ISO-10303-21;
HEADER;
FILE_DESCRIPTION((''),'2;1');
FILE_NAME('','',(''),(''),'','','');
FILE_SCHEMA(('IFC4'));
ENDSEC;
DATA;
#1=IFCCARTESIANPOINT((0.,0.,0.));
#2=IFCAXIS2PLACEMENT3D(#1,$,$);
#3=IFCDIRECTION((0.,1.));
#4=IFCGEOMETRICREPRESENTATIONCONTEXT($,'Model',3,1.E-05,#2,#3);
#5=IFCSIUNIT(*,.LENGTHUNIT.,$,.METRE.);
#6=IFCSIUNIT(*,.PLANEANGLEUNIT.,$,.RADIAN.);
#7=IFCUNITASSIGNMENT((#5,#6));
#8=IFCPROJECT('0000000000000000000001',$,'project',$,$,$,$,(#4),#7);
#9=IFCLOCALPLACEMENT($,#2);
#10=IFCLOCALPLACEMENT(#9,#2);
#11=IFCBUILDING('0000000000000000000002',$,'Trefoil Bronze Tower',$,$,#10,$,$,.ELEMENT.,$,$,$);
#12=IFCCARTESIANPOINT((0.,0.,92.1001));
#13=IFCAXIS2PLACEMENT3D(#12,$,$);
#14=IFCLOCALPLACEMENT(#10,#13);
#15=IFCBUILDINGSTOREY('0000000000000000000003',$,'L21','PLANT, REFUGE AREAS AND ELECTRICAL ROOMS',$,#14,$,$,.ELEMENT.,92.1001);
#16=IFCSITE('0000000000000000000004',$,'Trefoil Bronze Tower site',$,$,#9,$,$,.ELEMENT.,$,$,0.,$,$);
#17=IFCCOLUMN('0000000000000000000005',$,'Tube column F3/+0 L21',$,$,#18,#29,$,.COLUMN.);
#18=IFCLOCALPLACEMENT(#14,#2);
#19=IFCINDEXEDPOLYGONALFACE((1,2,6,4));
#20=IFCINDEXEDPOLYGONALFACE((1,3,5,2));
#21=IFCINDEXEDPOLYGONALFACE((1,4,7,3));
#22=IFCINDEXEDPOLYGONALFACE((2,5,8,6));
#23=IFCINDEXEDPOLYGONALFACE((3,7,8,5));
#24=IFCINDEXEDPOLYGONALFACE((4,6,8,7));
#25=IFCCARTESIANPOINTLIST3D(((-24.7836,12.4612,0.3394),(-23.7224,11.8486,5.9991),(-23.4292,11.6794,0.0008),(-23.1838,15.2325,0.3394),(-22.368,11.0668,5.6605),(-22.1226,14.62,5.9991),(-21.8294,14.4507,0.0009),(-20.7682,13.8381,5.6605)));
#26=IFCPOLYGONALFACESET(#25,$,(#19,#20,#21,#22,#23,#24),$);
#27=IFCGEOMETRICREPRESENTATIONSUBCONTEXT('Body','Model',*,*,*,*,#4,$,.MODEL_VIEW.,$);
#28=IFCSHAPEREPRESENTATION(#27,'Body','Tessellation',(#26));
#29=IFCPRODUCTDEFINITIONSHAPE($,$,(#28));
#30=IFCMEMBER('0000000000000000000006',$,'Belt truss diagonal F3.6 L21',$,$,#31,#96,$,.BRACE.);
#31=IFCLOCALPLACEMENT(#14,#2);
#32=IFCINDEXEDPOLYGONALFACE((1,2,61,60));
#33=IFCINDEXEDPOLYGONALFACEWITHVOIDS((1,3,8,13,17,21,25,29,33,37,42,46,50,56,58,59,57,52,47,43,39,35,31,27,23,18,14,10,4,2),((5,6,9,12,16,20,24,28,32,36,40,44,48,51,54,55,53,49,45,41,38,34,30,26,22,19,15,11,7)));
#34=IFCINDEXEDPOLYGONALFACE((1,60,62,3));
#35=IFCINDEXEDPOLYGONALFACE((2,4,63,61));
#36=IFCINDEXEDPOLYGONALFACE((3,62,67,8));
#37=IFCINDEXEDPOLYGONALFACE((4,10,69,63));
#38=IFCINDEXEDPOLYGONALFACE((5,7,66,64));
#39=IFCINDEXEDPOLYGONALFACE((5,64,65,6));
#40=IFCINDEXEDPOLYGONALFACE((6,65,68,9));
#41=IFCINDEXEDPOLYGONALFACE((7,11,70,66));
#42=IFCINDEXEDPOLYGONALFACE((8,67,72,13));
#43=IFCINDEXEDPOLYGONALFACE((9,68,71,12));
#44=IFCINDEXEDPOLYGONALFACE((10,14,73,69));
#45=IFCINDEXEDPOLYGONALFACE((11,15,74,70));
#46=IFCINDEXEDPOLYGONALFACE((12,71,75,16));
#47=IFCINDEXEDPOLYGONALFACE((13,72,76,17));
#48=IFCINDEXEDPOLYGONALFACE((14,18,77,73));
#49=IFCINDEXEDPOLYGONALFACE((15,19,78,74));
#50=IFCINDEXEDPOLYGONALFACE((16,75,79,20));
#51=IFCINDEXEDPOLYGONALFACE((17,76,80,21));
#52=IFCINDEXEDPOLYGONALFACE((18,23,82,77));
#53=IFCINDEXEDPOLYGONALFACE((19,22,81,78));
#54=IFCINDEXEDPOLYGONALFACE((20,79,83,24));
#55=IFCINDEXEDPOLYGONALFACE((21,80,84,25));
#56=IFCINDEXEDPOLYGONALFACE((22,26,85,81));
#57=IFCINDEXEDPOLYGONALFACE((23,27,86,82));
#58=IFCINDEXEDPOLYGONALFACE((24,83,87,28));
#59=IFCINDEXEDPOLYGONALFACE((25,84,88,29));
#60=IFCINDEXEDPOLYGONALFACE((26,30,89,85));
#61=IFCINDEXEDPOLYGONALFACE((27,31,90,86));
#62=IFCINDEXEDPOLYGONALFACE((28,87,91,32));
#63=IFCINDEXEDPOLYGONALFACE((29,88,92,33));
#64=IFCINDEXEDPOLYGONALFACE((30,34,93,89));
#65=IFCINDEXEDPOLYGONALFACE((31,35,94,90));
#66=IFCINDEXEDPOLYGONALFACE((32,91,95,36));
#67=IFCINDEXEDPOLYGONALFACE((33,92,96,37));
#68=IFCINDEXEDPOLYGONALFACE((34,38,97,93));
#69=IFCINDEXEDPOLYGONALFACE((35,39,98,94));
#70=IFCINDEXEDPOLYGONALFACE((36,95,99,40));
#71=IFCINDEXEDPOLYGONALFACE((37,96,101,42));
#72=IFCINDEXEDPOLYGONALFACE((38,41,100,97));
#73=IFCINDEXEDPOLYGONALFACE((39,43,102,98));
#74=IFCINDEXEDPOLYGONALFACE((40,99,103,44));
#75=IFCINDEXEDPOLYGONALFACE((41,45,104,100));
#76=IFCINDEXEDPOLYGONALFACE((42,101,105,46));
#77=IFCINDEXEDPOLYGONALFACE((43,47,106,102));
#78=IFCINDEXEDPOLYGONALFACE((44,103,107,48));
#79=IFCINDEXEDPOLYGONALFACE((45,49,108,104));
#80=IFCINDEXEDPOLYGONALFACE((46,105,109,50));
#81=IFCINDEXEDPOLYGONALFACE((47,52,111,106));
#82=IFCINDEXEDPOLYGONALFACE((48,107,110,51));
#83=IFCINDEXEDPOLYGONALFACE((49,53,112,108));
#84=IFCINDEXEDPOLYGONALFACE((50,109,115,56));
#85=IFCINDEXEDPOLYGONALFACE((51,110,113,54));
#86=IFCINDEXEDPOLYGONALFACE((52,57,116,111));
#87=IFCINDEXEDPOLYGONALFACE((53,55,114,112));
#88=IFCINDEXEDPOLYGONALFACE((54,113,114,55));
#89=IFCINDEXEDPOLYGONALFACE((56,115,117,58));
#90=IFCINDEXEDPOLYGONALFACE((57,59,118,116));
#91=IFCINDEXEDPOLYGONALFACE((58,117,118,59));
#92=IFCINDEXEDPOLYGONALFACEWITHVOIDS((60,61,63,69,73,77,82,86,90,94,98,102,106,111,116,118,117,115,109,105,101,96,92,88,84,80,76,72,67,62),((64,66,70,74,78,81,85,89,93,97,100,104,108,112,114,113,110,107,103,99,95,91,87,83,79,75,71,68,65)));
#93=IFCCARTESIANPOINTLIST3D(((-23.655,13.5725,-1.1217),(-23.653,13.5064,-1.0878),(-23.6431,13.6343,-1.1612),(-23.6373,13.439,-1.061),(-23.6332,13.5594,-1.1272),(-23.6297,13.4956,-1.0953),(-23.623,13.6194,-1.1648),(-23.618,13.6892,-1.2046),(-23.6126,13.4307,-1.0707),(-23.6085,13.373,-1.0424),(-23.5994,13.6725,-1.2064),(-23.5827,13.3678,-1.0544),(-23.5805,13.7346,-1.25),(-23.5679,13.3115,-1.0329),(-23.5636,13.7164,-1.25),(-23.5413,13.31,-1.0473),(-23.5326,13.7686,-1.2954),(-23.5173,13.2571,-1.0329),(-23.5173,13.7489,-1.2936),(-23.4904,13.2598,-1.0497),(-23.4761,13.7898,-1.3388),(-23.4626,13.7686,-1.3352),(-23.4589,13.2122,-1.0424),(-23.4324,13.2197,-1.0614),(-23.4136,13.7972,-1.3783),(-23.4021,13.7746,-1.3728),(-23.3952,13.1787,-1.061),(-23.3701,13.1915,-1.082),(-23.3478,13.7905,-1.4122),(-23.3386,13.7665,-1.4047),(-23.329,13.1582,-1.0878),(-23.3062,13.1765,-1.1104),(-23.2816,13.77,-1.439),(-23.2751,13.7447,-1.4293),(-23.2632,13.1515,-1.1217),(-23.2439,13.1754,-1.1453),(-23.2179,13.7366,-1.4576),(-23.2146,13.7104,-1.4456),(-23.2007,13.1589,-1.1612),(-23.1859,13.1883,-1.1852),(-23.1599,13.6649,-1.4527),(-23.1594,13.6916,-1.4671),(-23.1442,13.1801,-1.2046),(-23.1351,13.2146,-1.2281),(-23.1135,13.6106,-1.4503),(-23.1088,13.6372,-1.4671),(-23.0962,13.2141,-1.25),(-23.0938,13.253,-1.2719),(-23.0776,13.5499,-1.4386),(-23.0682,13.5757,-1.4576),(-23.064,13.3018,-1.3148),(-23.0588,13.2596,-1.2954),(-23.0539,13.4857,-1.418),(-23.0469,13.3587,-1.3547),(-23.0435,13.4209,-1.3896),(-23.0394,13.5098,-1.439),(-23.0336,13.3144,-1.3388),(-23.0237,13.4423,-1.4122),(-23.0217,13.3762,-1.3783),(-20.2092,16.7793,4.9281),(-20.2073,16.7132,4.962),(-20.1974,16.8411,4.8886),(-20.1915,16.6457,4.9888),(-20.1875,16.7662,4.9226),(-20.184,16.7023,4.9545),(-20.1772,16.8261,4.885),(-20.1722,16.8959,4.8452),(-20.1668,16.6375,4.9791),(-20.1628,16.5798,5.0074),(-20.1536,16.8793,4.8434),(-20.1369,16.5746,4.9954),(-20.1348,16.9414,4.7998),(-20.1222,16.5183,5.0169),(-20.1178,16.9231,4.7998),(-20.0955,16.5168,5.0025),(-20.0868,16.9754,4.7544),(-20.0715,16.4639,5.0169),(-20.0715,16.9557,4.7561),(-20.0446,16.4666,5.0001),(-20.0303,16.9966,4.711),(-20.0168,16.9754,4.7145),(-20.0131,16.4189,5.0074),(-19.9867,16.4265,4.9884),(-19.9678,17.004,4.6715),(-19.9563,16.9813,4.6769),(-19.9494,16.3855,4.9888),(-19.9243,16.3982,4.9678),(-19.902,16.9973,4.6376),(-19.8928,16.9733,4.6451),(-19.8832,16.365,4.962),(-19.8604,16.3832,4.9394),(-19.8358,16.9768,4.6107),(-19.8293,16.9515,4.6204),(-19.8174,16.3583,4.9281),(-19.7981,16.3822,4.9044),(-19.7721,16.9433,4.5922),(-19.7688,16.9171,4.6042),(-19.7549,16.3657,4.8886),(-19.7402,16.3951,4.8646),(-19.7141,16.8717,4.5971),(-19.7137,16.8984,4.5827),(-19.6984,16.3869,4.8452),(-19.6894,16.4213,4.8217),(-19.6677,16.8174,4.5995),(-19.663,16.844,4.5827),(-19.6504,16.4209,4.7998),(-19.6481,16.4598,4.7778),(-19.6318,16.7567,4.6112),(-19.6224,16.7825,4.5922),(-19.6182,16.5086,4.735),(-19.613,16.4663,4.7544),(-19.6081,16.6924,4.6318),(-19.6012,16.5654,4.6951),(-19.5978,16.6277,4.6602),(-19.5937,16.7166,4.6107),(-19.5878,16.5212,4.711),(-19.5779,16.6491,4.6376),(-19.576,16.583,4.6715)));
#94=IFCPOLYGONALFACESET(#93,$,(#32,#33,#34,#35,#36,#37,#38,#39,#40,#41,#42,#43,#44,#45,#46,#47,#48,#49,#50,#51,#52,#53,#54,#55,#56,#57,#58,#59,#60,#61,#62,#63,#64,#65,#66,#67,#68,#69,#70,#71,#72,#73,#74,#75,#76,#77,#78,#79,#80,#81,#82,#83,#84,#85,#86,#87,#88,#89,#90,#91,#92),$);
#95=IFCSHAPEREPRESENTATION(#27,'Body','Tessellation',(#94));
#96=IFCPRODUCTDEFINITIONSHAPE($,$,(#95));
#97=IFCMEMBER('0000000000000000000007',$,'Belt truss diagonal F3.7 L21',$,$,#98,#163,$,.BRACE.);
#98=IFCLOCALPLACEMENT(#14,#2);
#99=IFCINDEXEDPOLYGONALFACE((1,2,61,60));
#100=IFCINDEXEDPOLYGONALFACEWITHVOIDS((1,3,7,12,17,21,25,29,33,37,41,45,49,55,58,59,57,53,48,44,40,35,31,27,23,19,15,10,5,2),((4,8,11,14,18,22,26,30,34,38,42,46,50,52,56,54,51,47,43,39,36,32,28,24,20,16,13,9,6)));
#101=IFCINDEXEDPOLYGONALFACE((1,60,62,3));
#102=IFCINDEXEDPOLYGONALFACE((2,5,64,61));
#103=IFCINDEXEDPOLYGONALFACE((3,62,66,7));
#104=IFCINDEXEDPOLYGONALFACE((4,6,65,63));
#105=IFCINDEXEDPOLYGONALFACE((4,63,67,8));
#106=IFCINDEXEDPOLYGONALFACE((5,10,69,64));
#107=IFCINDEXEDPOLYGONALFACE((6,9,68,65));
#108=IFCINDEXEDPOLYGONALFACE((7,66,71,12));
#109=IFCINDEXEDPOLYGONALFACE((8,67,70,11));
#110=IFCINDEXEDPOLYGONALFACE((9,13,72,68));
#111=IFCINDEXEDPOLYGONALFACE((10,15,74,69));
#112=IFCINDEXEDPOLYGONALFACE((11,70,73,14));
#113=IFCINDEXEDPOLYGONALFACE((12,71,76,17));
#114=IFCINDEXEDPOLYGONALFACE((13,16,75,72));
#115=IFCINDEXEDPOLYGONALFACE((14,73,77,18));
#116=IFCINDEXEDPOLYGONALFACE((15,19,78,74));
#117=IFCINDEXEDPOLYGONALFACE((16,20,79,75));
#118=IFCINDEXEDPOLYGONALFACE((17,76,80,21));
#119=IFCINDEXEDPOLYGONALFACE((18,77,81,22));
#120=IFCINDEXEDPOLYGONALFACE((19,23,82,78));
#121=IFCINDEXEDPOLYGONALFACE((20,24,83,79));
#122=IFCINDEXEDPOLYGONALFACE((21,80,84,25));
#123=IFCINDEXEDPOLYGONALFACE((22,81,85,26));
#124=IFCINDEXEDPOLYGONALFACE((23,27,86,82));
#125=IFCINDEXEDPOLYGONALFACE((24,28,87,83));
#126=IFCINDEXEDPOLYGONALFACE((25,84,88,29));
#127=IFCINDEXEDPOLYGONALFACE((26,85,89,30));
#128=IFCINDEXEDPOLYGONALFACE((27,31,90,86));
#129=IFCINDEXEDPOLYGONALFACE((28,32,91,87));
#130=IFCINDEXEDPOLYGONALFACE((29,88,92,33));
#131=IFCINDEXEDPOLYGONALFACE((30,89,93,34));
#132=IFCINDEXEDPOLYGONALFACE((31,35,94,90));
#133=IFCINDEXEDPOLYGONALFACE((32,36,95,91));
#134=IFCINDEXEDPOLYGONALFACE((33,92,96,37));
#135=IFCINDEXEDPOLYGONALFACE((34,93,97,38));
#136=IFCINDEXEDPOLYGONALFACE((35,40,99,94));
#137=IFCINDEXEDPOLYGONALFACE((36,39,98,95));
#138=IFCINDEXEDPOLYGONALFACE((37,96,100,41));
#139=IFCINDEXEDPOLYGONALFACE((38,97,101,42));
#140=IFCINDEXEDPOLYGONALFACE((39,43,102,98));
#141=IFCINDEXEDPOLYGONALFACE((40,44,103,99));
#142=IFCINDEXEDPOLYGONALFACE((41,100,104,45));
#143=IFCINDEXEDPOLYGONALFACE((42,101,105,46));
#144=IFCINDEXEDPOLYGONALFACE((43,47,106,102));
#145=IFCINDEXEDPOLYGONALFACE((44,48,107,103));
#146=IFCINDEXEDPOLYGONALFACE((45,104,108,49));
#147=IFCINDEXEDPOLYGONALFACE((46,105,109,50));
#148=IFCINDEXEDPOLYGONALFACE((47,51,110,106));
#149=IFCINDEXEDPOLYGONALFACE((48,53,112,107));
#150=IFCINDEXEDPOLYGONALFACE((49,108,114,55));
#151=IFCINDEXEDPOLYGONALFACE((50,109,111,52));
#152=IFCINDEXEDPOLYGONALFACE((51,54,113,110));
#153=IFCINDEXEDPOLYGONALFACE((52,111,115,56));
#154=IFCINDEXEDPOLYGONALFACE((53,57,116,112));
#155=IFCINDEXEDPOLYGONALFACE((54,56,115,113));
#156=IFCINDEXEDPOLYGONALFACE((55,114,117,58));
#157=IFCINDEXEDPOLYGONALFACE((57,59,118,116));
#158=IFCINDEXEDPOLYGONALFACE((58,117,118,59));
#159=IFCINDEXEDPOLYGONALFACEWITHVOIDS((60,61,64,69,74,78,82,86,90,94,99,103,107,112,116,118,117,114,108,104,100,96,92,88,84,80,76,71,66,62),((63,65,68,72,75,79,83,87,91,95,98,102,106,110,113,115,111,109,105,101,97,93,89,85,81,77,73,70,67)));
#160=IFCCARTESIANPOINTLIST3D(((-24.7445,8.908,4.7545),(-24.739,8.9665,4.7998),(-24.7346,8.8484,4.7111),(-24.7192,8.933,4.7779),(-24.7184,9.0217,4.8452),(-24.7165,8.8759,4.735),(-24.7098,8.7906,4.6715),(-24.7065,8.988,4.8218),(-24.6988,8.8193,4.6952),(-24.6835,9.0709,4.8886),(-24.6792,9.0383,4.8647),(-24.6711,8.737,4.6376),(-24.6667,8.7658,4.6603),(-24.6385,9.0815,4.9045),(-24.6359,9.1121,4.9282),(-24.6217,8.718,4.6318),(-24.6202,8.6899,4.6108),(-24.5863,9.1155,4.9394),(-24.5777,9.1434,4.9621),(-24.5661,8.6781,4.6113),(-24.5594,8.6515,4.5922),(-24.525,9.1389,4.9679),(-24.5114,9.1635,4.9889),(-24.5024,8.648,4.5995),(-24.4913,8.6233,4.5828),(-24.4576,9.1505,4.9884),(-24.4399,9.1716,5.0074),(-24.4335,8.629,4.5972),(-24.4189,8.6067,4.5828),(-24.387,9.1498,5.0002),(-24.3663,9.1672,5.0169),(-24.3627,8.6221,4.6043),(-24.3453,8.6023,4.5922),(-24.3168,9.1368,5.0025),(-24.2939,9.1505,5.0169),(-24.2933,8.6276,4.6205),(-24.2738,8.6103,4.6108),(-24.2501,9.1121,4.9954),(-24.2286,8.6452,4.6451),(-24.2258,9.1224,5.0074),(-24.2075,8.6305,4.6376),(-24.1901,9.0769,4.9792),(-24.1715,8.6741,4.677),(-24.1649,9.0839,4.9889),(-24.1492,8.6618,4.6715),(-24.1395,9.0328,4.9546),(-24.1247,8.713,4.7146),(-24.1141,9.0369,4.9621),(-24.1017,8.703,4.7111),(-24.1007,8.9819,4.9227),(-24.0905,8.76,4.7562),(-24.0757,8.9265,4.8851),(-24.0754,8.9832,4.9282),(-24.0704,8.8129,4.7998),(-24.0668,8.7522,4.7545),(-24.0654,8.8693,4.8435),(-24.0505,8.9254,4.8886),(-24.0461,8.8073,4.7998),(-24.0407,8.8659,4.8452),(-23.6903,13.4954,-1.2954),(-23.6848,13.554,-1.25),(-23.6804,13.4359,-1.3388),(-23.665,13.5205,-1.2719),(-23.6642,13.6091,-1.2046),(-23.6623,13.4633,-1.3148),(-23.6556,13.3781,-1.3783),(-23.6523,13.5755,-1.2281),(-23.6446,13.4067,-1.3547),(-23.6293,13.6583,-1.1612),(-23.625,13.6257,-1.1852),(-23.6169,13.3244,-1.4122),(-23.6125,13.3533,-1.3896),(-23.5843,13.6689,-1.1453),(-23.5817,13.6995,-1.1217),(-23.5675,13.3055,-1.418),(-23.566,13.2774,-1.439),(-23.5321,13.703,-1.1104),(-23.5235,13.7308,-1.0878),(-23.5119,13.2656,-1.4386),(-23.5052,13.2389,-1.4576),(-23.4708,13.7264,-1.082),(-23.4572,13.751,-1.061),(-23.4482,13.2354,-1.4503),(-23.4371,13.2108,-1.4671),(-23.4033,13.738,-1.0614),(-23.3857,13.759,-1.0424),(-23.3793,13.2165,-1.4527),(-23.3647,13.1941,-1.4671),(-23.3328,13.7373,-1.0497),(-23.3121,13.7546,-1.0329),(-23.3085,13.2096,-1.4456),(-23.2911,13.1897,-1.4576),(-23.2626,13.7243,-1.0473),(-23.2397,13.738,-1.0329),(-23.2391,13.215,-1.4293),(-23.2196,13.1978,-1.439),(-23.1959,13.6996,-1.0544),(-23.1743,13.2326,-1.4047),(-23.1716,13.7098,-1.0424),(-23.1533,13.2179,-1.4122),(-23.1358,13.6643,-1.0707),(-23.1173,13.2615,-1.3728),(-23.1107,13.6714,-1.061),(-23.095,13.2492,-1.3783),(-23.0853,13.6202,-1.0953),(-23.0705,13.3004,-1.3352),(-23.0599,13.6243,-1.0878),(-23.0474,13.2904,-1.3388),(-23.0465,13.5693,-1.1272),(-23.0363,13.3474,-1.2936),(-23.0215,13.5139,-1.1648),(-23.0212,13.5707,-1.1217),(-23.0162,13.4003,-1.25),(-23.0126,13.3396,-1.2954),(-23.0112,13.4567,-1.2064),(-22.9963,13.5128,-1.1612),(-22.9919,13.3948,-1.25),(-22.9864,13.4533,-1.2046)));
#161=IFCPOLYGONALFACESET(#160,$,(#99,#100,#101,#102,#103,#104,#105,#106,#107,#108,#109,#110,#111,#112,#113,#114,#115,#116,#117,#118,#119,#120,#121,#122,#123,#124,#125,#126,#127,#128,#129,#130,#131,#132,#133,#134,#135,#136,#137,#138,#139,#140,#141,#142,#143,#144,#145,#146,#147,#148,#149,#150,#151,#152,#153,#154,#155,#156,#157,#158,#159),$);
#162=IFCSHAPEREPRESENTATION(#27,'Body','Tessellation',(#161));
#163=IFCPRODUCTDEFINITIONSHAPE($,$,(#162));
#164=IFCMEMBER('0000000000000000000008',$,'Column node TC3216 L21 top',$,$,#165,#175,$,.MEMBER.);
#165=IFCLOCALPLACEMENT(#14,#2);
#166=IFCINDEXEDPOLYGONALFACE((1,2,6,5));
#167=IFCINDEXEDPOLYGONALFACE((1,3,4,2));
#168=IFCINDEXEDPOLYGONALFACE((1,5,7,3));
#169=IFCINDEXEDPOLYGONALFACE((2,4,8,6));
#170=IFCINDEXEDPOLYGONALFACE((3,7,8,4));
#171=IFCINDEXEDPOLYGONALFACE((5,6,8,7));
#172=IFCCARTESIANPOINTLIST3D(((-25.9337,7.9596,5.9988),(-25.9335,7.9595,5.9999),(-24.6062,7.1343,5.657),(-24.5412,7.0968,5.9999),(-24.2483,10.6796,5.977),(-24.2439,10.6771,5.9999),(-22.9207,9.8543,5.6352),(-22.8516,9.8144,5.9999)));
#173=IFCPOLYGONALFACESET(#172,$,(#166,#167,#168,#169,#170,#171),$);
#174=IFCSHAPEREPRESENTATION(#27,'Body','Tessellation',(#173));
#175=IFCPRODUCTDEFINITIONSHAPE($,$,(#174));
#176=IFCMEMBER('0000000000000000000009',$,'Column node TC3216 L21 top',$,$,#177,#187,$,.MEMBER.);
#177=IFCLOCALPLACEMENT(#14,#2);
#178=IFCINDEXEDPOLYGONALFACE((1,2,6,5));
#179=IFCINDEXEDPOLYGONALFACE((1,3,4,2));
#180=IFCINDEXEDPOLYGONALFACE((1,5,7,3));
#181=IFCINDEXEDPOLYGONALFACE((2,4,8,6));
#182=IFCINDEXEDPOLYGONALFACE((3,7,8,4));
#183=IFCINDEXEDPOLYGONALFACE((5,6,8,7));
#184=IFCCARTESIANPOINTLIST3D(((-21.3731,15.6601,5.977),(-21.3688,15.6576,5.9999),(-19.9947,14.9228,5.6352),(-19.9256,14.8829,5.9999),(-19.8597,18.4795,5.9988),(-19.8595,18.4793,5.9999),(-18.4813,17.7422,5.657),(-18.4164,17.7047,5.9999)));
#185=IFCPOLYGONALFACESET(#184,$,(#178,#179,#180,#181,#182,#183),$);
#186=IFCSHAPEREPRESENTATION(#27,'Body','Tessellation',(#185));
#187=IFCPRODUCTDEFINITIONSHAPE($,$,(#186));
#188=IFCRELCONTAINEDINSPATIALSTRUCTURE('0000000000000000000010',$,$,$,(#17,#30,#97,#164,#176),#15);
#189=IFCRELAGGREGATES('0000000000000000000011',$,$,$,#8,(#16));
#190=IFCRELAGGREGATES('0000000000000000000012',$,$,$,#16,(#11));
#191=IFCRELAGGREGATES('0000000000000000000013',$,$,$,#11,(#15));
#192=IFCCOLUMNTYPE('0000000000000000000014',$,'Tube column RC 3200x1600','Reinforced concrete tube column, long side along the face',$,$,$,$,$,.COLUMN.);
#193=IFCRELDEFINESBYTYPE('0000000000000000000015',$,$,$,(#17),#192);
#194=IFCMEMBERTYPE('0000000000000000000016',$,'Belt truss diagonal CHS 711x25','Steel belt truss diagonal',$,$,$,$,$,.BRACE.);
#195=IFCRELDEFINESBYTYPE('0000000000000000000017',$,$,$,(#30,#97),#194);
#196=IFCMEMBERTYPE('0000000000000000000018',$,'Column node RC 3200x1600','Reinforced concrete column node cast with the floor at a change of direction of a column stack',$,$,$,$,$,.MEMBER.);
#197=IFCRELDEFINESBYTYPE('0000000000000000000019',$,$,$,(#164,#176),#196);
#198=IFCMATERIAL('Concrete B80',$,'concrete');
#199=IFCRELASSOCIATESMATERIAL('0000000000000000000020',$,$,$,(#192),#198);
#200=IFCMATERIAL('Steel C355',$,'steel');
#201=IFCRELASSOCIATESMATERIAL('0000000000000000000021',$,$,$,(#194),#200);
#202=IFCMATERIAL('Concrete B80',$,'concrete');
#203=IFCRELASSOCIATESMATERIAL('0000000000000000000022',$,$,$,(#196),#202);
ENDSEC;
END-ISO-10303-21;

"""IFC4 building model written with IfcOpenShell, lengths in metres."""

from ifc_helpers import new_model, si_unit, direction, frame, origin, origin_2d, place, context, subcontext, project, spatial, rectangle, hollow_circle, extrude, clip, halfspace, material, material_profile, profile_set, type_object, element, save


model = new_model("IFC4")

# Units and contexts
model_context = context("Model", 3, precision=1e-05, world=origin(), true_north=direction((0.0, 1.0)))
body_context = subcontext(model_context, "Body", "Model", "MODEL_VIEW")
ifc_project = project(units=[si_unit("LENGTHUNIT", "METRE"), si_unit("PLANEANGLEUNIT", "RADIAN")], contexts=[model_context])

# Site, building, storey
site_placement = place(None, origin())
site = spatial("IfcSite", under=ifc_project, at=site_placement, Name="Trefoil Bronze Tower site", CompositionType="ELEMENT", RefElevation=0.0)
building_placement = place(site_placement, origin())
building = spatial("IfcBuilding", under=site, at=building_placement, Name="Trefoil Bronze Tower", CompositionType="ELEMENT")
storey_placement = place(building_placement, frame((0.0, 0.0, 92.1001)))
storey = spatial("IfcBuildingStorey", under=building, at=storey_placement, Name="L21", Description="PLANT, REFUGE AREAS AND ELECTRICAL ROOMS", CompositionType="ELEMENT", Elevation=92.1001)

# Column
ifc_material_1 = material(Name="Concrete B80", Category="concrete")
ifc_material_profile_1 = material_profile(ifc_material_1, rectangle(XDim=3.2, YDim=1.6001, at=origin_2d()), Name="RC 3200x1600")
ifc_profile_set_1 = profile_set([ifc_material_profile_1], Name="Concrete B80")
column_type = type_object("IfcColumnType", Name="Tube column RC 3200x1600", Description="Reinforced concrete tube column, long side along the face", PredefinedType="COLUMN", material=ifc_profile_set_1)
column_1_placement = place(storey_placement, frame((-23.3384, 13.4744, 0.0), z_axis=(0.183254, -0.105785, 0.977357), x_axis=(-0.499939, -0.86606, 0.0)))
element("IfcColumn", 1, at=column_1_placement, inside=storey, type_object=column_type, Name="Tube column F3/+0 L21", PredefinedType="COLUMN", context=body_context, shape_type="Clipping", body=[
    clip(clip(extrude(rectangle(XDim=3.2, YDim=1.6001, at=origin_2d()), origin(), (0.0, 0.0, 1.0), 6.1389), halfspace(frame((0.0, 0.0, 0.1741), z_axis=(0.000015, 0.000008, 1.0), x_axis=(0.0, 1.0, -0.000008)), True)), halfspace(frame((0.0, 0.0002, 5.9648), z_axis=(-0.000015, -0.000008, -1.0), x_axis=(0.0, -1.0, 0.000008)), True)),
])

# Members
ifc_material_2 = material(Name="Steel C355", Category="steel")
ifc_material_profile_2 = material_profile(ifc_material_2, hollow_circle(Radius=0.3555, WallThickness=0.0249, at=origin_2d()), Name="CHS 711x25")
ifc_profile_set_2 = profile_set([ifc_material_profile_2], Name="Steel C355")
member_type_1 = type_object("IfcMemberType", Name="Belt truss diagonal CHS 711x25", Description="Steel belt truss diagonal", PredefinedType="BRACE", material=ifc_profile_set_2)
for number, where, z_axis, x_axis, name in (
    (2, (-23.3384, 13.4744, -1.25), (0.449531, 0.41835, 0.789243), (-0.681262, 0.732039, 0.0), "Belt truss diagonal F3.6 L21"),
    (3, (-23.3384, 13.4744, -1.25), (-0.13753, -0.598469, 0.789253), (0.974597, -0.223965, 0.0), "Belt truss diagonal F3.7 L21"),
):
    element("IfcMember", number, at=place(storey_placement, frame(where, z_axis=z_axis, x_axis=x_axis)), inside=storey, type_object=member_type_1, Name=name, PredefinedType="BRACE", context=body_context, shape_type="SweptSolid", body=[
        extrude(hollow_circle(Radius=0.3555, WallThickness=0.0249, at=origin_2d()), origin(), (0.0, 0.0, 1.0), 7.6653),
    ])
ifc_material_3 = material(Name="Concrete B80", Category="concrete")
ifc_material_profile_3 = material_profile(ifc_material_3, rectangle(XDim=3.2, YDim=1.6001, at=origin_2d()), Name="RC 3200x1600")
ifc_profile_set_3 = profile_set([ifc_material_profile_3], Name="Concrete B80")
member_type_2 = type_object("IfcMemberType", Name="Column node RC 3200x1600", Description="Reinforced concrete column node cast with the floor at a change of direction of a column stack", PredefinedType="MEMBER", material=ifc_profile_set_3)
member_1_placement = place(storey_placement, frame((-24.3579, 8.8669, 6.1829), z_axis=(-0.185082, 0.106878, -0.976894), x_axis=(0.526708, 0.850019, -0.006792)))
element("IfcMember", 4, at=member_1_placement, inside=storey, type_object=member_type_2, Name="Column node TC3216 L21 top", PredefinedType="MEMBER", context=body_context, shape_type="Clipping", body=[
    clip(extrude(rectangle(XDim=3.2, YDim=1.6001, at=origin_2d()), origin(), (0.0, 0.0, 1.0), 0.3745), halfspace(frame((0.0, 0.0, 0.1873), z_axis=(0.006792, 0.213617, 0.976894), x_axis=(0.0, 0.976916, -0.213622)), True)),
])
member_2_placement = place(storey_placement, frame((-19.8579, 16.6611, 6.1829), z_axis=(-0.185082, 0.106878, -0.976894), x_axis=(0.472936, 0.881071, 0.006792)))
element("IfcMember", 5, at=member_2_placement, inside=storey, type_object=member_type_2, Name="Column node TC3216 L21 top", PredefinedType="MEMBER", context=body_context, shape_type="Clipping", body=[
    clip(extrude(rectangle(XDim=3.2, YDim=1.6001, at=origin_2d()), origin(), (0.0, 0.0, 1.0), 0.3745), halfspace(frame((0.0, 0.0, 0.1873), z_axis=(-0.006792, 0.213617, 0.976894), x_axis=(0.0, 0.976916, -0.213622)), True)),
])

save(model, "model.ifc")
